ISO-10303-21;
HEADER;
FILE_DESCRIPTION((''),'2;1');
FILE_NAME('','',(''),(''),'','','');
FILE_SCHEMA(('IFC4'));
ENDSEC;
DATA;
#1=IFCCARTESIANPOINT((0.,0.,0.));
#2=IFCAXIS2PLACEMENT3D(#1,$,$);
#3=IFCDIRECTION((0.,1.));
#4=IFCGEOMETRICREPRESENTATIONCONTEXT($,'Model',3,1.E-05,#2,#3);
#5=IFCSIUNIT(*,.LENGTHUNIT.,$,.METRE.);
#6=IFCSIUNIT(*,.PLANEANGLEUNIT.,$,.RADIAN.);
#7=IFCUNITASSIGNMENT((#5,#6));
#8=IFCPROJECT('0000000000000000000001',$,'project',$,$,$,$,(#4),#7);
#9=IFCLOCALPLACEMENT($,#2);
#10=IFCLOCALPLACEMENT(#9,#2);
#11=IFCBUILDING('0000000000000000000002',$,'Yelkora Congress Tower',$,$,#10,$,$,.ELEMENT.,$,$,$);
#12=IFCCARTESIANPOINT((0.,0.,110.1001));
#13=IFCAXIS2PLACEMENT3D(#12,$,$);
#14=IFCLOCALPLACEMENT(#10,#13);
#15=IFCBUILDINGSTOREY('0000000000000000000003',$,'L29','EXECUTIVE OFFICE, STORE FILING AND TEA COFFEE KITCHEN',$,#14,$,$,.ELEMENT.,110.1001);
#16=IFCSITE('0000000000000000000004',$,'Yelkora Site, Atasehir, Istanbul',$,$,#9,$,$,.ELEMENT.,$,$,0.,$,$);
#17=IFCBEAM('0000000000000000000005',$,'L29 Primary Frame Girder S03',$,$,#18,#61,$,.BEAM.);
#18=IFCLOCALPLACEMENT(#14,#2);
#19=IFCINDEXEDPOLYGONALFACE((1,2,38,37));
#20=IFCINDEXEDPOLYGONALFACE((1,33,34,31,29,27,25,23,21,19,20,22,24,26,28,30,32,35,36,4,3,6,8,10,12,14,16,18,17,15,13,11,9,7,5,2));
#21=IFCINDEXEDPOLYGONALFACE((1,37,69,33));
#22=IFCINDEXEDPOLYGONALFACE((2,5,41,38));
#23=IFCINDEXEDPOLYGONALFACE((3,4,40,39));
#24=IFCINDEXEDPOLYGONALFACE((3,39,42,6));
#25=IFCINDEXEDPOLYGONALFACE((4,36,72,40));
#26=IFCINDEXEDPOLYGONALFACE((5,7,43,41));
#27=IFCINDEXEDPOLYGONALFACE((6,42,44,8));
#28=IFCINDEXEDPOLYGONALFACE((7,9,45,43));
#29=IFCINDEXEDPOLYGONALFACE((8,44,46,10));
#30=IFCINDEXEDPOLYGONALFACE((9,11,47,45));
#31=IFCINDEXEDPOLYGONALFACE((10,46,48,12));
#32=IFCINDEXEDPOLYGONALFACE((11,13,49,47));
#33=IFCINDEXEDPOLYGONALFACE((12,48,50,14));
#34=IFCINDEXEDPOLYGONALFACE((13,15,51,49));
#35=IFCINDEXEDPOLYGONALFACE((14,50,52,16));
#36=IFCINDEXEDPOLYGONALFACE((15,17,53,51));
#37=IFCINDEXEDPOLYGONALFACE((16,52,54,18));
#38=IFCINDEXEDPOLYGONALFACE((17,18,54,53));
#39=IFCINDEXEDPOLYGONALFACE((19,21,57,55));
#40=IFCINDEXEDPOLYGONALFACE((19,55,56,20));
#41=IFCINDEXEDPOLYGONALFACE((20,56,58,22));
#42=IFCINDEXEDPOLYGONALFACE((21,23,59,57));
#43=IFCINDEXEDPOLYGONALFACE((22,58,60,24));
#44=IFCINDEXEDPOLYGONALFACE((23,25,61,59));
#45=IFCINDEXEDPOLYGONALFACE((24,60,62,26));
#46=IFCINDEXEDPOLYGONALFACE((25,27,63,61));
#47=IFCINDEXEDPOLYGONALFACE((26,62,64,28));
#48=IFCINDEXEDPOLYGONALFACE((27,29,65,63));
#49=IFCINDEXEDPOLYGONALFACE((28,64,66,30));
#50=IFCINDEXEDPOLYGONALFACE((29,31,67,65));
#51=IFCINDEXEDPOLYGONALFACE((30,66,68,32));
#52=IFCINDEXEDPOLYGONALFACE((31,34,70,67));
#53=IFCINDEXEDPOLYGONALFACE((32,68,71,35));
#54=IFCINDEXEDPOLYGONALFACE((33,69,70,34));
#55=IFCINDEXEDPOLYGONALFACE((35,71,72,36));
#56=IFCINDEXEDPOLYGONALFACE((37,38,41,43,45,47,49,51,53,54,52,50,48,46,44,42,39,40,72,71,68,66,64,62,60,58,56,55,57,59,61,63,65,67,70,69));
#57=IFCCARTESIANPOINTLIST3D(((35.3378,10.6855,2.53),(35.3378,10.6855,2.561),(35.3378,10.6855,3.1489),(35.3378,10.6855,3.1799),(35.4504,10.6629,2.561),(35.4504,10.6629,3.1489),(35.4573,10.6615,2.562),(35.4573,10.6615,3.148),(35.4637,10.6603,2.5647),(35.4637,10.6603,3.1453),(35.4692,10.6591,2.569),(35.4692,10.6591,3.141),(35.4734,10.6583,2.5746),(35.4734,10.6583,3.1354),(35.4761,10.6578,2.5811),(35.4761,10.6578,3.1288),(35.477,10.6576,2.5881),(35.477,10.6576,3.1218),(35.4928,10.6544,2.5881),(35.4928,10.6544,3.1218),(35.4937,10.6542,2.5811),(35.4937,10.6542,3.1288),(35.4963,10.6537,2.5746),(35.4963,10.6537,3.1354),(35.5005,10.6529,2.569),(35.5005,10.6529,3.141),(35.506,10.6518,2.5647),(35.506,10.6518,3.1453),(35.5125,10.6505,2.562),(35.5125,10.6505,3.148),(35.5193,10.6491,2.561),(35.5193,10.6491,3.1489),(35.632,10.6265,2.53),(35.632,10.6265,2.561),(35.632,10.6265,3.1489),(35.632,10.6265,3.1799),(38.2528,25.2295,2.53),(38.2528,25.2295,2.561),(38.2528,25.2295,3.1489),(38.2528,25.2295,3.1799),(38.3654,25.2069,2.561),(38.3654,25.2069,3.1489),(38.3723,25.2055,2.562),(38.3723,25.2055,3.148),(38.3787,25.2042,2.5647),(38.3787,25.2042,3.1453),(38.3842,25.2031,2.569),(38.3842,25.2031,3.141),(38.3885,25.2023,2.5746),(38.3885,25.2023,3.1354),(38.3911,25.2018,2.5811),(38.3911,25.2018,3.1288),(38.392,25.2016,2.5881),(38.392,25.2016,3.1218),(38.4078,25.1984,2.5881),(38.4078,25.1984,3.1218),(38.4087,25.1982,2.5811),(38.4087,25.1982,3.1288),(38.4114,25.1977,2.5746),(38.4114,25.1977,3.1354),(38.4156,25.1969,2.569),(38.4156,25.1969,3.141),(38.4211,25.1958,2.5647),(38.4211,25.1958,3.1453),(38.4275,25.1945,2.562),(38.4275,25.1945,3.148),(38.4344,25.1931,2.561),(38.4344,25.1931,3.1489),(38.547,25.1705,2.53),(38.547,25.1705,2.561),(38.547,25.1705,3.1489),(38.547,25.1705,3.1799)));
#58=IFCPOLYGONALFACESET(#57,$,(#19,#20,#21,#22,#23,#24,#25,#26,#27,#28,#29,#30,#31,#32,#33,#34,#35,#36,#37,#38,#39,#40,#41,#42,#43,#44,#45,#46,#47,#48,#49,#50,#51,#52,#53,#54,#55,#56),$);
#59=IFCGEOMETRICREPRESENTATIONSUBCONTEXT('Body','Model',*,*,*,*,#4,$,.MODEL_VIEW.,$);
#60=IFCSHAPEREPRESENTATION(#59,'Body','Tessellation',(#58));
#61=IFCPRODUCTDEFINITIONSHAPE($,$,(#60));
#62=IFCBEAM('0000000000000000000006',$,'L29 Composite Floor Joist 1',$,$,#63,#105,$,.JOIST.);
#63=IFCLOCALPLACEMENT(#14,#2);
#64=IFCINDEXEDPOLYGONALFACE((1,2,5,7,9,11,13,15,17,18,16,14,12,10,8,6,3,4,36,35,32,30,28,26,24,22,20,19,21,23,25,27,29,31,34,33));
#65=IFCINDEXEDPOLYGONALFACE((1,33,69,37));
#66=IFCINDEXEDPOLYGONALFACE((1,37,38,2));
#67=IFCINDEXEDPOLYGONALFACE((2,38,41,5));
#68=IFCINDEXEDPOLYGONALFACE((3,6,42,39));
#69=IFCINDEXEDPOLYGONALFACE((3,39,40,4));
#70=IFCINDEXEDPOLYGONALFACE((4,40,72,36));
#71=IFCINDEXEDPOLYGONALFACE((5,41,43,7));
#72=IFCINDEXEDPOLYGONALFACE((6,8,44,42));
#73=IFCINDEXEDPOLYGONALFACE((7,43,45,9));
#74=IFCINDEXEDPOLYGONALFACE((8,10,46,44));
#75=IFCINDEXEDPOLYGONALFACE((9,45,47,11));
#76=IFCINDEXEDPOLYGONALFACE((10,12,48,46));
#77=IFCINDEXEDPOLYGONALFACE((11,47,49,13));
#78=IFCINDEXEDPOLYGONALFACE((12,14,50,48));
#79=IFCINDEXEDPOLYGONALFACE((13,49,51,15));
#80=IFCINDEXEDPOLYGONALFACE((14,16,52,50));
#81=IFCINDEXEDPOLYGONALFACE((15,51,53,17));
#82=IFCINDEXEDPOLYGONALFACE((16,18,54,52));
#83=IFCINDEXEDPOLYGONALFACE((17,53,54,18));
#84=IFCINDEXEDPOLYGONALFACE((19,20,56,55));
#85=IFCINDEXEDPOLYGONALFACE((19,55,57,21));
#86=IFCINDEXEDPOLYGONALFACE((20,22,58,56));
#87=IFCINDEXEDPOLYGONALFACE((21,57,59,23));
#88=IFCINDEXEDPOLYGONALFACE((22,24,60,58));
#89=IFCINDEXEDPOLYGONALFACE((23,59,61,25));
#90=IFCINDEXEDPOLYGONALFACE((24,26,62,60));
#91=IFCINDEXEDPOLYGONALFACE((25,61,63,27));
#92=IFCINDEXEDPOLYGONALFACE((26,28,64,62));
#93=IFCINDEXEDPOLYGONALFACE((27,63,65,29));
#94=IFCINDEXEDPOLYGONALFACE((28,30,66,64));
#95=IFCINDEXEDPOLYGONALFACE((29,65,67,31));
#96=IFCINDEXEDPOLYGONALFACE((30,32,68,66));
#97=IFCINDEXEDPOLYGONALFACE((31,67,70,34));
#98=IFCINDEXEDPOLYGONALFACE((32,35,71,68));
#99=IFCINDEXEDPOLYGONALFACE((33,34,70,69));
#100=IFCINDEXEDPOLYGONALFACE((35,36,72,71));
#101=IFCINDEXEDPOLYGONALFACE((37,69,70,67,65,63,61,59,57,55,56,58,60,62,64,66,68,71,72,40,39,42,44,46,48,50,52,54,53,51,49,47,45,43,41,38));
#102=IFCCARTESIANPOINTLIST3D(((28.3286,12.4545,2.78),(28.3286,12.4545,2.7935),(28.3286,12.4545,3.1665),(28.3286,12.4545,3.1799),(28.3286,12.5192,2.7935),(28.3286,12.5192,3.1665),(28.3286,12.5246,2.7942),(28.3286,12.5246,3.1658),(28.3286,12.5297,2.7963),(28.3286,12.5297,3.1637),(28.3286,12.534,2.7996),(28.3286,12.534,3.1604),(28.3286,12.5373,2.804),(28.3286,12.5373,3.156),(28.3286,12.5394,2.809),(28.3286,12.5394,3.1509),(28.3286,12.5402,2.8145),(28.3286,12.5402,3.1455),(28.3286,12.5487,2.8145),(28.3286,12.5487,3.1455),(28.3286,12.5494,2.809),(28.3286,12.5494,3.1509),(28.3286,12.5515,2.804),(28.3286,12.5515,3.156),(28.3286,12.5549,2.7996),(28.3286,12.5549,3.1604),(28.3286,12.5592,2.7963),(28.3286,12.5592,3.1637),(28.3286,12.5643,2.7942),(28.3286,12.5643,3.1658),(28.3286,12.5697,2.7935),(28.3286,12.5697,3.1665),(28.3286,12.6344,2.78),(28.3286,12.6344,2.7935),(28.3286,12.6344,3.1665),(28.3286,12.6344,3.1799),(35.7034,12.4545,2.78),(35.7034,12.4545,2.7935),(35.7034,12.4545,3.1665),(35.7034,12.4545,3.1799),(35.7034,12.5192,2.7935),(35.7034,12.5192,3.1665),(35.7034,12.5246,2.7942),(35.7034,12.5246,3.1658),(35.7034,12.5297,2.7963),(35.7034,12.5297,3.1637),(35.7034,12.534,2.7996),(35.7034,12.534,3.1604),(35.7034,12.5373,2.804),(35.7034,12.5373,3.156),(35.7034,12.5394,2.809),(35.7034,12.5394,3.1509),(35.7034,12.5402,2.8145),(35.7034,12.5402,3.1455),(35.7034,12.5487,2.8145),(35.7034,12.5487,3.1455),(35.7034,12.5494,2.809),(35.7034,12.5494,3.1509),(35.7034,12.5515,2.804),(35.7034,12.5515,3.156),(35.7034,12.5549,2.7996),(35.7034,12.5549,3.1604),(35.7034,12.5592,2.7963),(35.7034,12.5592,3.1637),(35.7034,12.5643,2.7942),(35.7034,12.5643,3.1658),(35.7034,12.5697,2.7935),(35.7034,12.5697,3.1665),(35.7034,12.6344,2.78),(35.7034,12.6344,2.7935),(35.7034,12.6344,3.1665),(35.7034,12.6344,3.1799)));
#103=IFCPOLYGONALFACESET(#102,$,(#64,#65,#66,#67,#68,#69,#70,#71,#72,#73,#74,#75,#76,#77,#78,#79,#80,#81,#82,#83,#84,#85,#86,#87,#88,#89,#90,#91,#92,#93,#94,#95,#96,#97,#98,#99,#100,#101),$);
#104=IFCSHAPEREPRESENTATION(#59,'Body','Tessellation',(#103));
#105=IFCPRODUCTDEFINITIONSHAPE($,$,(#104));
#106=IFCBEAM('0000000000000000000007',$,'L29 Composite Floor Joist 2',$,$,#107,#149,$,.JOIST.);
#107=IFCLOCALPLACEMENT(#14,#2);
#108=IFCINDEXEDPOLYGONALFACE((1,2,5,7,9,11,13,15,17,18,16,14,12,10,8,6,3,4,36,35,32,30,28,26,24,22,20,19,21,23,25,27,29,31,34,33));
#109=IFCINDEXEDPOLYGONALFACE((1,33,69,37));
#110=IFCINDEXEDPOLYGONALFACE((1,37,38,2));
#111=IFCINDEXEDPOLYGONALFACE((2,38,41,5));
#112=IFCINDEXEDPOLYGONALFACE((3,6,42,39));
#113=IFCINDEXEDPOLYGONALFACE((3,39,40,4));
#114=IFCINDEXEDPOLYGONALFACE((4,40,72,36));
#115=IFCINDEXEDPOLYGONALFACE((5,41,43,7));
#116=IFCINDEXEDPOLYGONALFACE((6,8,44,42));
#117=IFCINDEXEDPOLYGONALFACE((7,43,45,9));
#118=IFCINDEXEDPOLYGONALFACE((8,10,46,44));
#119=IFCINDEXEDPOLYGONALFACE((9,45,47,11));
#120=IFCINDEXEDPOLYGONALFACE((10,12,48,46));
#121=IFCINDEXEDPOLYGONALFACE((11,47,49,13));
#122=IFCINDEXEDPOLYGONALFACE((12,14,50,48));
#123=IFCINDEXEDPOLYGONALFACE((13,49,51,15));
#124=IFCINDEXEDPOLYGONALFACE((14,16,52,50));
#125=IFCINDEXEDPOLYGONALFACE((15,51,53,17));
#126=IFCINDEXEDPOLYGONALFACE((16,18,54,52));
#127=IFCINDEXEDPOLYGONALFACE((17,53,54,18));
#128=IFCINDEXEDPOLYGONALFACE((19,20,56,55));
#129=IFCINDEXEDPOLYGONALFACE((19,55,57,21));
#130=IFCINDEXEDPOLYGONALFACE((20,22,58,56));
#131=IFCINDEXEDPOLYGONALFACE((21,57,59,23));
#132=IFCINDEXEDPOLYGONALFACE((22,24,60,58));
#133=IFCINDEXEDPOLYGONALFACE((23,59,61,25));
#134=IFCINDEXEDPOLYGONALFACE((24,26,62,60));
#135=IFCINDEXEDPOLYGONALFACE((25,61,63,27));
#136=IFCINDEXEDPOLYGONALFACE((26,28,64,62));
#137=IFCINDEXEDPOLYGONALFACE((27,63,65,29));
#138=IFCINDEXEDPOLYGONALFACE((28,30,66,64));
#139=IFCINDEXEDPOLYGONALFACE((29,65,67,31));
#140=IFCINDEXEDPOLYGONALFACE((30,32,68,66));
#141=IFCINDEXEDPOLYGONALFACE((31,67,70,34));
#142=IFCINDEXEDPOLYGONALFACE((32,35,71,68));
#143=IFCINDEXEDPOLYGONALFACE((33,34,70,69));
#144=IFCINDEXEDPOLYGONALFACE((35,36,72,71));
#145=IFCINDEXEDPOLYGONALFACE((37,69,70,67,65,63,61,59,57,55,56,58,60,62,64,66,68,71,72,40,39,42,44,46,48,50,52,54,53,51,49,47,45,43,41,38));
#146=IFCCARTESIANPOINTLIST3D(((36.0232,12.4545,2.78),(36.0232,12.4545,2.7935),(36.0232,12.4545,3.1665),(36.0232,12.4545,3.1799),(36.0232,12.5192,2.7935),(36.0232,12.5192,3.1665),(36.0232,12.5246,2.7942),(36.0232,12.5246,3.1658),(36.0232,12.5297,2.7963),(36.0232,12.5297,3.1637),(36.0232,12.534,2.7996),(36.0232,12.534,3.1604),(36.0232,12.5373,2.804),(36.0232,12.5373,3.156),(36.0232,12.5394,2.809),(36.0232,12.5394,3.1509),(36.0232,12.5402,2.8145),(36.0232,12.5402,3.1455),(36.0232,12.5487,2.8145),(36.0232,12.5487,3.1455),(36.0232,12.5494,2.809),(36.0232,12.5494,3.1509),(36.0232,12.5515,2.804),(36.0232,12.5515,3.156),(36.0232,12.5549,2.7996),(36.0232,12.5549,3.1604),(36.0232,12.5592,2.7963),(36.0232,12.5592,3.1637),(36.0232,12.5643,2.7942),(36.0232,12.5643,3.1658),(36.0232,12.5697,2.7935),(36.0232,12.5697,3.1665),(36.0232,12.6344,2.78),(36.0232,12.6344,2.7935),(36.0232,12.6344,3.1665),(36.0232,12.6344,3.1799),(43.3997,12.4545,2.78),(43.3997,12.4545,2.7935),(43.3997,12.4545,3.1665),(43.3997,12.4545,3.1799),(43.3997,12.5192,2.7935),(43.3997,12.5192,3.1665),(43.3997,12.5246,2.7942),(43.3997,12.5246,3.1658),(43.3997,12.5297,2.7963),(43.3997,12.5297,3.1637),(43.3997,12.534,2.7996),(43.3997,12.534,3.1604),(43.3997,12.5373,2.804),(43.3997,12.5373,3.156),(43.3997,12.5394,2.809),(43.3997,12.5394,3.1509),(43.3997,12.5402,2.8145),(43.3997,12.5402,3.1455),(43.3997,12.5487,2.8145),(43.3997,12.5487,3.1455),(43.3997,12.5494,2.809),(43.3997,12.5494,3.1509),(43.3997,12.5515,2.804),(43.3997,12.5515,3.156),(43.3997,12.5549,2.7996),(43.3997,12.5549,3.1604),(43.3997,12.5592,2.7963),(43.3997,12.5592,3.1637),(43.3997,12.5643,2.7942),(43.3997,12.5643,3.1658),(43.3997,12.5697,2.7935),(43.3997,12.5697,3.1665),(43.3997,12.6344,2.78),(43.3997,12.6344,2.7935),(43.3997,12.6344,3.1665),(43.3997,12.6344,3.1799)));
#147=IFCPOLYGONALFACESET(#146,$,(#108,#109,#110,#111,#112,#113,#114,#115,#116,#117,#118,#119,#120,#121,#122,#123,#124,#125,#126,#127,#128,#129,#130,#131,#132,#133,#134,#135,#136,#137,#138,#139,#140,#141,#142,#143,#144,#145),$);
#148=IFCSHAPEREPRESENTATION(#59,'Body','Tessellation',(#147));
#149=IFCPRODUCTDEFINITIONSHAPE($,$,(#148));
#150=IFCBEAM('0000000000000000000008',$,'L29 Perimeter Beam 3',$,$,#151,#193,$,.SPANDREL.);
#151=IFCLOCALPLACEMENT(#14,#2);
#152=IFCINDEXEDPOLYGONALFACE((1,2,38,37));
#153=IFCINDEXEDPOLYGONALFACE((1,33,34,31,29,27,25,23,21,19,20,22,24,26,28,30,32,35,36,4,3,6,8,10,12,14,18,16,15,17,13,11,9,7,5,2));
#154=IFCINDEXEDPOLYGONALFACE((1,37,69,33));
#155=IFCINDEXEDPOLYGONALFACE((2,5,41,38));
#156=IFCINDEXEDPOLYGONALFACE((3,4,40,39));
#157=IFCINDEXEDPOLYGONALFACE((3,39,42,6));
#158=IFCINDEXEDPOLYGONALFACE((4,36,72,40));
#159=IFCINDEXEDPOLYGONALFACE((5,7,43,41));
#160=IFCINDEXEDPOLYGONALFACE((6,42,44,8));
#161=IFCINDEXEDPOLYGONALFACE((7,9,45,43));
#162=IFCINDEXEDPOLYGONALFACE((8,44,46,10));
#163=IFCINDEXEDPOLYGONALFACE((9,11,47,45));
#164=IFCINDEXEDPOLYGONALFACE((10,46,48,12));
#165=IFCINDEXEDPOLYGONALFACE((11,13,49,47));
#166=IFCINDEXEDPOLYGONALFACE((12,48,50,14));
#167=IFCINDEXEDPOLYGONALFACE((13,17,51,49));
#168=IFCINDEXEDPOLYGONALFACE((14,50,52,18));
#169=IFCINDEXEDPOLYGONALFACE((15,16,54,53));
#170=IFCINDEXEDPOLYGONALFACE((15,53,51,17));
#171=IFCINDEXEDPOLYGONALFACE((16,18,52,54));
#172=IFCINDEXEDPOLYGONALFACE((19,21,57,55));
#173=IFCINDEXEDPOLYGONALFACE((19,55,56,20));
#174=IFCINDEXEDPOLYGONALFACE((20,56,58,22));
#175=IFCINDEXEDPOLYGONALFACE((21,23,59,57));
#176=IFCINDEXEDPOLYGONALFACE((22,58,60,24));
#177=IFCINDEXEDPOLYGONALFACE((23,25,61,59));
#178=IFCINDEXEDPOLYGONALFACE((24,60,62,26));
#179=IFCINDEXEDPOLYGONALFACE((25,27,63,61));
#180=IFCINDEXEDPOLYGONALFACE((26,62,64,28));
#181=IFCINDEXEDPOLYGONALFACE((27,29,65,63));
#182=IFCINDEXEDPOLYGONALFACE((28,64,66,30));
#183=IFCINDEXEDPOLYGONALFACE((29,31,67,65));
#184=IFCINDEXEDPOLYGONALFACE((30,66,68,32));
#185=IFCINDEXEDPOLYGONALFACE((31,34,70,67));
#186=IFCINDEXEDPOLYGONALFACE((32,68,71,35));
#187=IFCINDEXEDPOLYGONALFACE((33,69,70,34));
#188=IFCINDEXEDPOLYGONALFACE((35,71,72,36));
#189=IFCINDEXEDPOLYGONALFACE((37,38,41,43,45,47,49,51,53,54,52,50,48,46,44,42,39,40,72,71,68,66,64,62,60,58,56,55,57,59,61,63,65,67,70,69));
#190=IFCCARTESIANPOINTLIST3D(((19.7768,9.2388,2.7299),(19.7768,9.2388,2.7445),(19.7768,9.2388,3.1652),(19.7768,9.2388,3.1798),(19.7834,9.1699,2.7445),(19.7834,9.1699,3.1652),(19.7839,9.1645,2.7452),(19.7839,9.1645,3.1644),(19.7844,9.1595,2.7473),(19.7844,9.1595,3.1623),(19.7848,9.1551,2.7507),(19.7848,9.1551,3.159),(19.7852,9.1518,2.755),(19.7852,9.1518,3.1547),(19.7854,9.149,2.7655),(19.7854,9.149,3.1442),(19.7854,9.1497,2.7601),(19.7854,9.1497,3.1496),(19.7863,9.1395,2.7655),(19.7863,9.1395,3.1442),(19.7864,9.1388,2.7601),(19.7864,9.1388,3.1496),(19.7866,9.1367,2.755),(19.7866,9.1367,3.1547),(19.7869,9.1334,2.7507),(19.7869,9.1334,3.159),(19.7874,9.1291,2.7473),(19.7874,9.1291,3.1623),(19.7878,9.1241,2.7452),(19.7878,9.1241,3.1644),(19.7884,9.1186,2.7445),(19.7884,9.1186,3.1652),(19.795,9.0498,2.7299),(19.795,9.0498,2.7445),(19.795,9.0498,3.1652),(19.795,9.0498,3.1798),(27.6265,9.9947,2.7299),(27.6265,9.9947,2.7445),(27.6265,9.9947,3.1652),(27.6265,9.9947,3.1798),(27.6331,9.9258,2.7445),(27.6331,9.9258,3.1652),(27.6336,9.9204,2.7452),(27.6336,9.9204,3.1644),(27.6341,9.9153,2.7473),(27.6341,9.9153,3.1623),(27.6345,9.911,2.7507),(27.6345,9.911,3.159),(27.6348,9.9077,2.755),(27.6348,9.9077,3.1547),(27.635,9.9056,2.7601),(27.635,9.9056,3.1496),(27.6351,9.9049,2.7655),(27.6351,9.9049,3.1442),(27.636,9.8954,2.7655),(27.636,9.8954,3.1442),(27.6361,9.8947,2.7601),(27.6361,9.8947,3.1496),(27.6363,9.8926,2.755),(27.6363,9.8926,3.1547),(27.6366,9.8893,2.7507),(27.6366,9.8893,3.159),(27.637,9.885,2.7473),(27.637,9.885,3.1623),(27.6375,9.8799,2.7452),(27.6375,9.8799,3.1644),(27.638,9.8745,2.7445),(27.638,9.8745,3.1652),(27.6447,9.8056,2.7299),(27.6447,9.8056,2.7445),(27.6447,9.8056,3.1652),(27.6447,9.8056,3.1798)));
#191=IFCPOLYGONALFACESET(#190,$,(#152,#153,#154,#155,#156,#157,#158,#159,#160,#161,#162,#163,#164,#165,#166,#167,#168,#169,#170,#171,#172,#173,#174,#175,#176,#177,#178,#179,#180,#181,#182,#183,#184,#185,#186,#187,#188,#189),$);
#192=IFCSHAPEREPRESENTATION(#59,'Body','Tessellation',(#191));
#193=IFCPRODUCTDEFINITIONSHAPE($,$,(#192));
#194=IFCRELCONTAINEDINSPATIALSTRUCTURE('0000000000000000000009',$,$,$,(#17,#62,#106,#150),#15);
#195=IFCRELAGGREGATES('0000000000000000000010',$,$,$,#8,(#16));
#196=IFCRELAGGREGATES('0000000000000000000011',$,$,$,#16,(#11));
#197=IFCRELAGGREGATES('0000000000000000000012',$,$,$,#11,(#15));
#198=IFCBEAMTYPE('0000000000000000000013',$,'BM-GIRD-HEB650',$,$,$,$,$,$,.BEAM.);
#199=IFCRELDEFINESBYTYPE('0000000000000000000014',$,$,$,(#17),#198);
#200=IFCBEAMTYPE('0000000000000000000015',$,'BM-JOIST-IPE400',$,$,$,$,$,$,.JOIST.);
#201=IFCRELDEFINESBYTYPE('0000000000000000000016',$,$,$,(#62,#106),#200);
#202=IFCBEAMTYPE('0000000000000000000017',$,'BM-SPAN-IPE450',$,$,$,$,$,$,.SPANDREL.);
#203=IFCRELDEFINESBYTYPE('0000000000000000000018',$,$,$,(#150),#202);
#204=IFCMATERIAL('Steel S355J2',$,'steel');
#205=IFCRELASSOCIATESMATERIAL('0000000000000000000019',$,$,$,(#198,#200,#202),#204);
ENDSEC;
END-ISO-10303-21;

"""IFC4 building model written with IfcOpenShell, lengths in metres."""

from ifc_helpers import new_model, si_unit, direction, frame, origin, origin_2d, place, context, subcontext, project, spatial, i_section, extrude, material, material_profile, profile_set, type_object, element, save


model = new_model("IFC4")

# Units and contexts
model_context = context("Model", 3, precision=1e-05, world=origin(), true_north=direction((0.0, 1.0)))
body_context = subcontext(model_context, "Body", "Model", "MODEL_VIEW")
ifc_project = project(units=[si_unit("LENGTHUNIT", "METRE"), si_unit("PLANEANGLEUNIT", "RADIAN")], contexts=[model_context])

# Site, building, storey
site_placement = place(None, origin())
site = spatial("IfcSite", under=ifc_project, at=site_placement, Name="Yelkora Site, Atasehir, Istanbul", CompositionType="ELEMENT", RefElevation=0.0)
building_placement = place(site_placement, origin())
building = spatial("IfcBuilding", under=site, at=building_placement, Name="Yelkora Congress Tower", CompositionType="ELEMENT")
storey_placement = place(building_placement, frame((0.0, 0.0, 110.1001)))
storey = spatial("IfcBuildingStorey", under=building, at=storey_placement, Name="L29", Description="EXECUTIVE OFFICE, STORE FILING AND TEA COFFEE KITCHEN", CompositionType="ELEMENT", Elevation=110.1001)

# Beams
ifc_material_1 = material(Name="Steel S355J2", Category="steel")
ifc_material_profile_1 = material_profile(ifc_material_1, i_section(OverallWidth=0.3, OverallDepth=0.6499, WebThickness=0.0161, FlangeThickness=0.031, FilletRadius=0.0271, at=origin_2d()), Name="HEB 650")
ifc_profile_set_1 = profile_set([ifc_material_profile_1], Name="Steel S355J2")
beam_type_1 = type_object("IfcBeamType", Name="BM-GIRD-HEB650", PredefinedType="BEAM", material=ifc_profile_set_1)
beam_1_placement = place(storey_placement, frame((35.4849, 10.656, 2.855), z_axis=(0.196521, 0.9805, 0.0), x_axis=(-0.9805, 0.196521, 0.0)))
element("IfcBeam", 1, at=beam_1_placement, inside=storey, type_object=beam_type_1, Name="L29 Primary Frame Girder S03", PredefinedType="BEAM", context=body_context, shape_type="SweptSolid", body=[
    extrude(i_section(OverallWidth=0.3, OverallDepth=0.6499, WebThickness=0.0161, FlangeThickness=0.031, FilletRadius=0.0271, at=origin_2d()), origin(), (0.0, 0.0, 1.0), 14.8333),
])
ifc_material_profile_2 = material_profile(ifc_material_1, i_section(OverallWidth=0.1799, OverallDepth=0.3999, WebThickness=0.0085, FlangeThickness=0.0134, FilletRadius=0.021, at=origin_2d()), Name="IPE 400")
ifc_profile_set_2 = profile_set([ifc_material_profile_2], Name="Steel S355J2")
beam_type_2 = type_object("IfcBeamType", Name="BM-JOIST-IPE400", PredefinedType="JOIST", material=ifc_profile_set_2)
beam_2_placement = place(storey_placement, frame((28.3286, 12.5444, 2.98), z_axis=(1.0, 0.0, 0.0), x_axis=(0.0, 1.0, 0.0)))
element("IfcBeam", 2, at=beam_2_placement, inside=storey, type_object=beam_type_2, Name="L29 Composite Floor Joist 1", PredefinedType="JOIST", context=body_context, shape_type="SweptSolid", body=[
    extrude(i_section(OverallWidth=0.1799, OverallDepth=0.3999, WebThickness=0.0085, FlangeThickness=0.0134, FilletRadius=0.021, at=origin_2d()), origin(), (0.0, 0.0, 1.0), 7.3748),
])
beam_3_placement = place(storey_placement, frame((36.0232, 12.5444, 2.98), z_axis=(1.0, 0.0, 0.0), x_axis=(0.0, 1.0, 0.0)))
element("IfcBeam", 3, at=beam_3_placement, inside=storey, type_object=beam_type_2, Name="L29 Composite Floor Joist 2", PredefinedType="JOIST", context=body_context, shape_type="SweptSolid", body=[
    extrude(i_section(OverallWidth=0.1799, OverallDepth=0.3999, WebThickness=0.0085, FlangeThickness=0.0134, FilletRadius=0.021, at=origin_2d()), origin(), (0.0, 0.0, 1.0), 7.3765),
])
ifc_material_profile_3 = material_profile(ifc_material_1, i_section(OverallWidth=0.1899, OverallDepth=0.45, WebThickness=0.0095, FlangeThickness=0.0146, FilletRadius=0.021, at=origin_2d()), Name="IPE 450")
ifc_profile_set_3 = profile_set([ifc_material_profile_3], Name="Steel S355J2")
beam_type_3 = type_object("IfcBeamType", Name="BM-SPAN-IPE450", PredefinedType="SPANDREL", material=ifc_profile_set_3)
beam_4_placement = place(storey_placement, frame((19.7859, 9.1443, 2.9548), z_axis=(0.995396, 0.095849, 0.0), x_axis=(-0.095849, 0.995396, 0.0)))
element("IfcBeam", 4, at=beam_4_placement, inside=storey, type_object=beam_type_3, Name="L29 Perimeter Beam 3", PredefinedType="SPANDREL", context=body_context, shape_type="SweptSolid", body=[
    extrude(i_section(OverallWidth=0.1899, OverallDepth=0.45, WebThickness=0.0095, FlangeThickness=0.0146, FilletRadius=0.021, at=origin_2d()), origin(), (0.0, 0.0, 1.0), 7.886),
])

save(model, "model.ifc")
